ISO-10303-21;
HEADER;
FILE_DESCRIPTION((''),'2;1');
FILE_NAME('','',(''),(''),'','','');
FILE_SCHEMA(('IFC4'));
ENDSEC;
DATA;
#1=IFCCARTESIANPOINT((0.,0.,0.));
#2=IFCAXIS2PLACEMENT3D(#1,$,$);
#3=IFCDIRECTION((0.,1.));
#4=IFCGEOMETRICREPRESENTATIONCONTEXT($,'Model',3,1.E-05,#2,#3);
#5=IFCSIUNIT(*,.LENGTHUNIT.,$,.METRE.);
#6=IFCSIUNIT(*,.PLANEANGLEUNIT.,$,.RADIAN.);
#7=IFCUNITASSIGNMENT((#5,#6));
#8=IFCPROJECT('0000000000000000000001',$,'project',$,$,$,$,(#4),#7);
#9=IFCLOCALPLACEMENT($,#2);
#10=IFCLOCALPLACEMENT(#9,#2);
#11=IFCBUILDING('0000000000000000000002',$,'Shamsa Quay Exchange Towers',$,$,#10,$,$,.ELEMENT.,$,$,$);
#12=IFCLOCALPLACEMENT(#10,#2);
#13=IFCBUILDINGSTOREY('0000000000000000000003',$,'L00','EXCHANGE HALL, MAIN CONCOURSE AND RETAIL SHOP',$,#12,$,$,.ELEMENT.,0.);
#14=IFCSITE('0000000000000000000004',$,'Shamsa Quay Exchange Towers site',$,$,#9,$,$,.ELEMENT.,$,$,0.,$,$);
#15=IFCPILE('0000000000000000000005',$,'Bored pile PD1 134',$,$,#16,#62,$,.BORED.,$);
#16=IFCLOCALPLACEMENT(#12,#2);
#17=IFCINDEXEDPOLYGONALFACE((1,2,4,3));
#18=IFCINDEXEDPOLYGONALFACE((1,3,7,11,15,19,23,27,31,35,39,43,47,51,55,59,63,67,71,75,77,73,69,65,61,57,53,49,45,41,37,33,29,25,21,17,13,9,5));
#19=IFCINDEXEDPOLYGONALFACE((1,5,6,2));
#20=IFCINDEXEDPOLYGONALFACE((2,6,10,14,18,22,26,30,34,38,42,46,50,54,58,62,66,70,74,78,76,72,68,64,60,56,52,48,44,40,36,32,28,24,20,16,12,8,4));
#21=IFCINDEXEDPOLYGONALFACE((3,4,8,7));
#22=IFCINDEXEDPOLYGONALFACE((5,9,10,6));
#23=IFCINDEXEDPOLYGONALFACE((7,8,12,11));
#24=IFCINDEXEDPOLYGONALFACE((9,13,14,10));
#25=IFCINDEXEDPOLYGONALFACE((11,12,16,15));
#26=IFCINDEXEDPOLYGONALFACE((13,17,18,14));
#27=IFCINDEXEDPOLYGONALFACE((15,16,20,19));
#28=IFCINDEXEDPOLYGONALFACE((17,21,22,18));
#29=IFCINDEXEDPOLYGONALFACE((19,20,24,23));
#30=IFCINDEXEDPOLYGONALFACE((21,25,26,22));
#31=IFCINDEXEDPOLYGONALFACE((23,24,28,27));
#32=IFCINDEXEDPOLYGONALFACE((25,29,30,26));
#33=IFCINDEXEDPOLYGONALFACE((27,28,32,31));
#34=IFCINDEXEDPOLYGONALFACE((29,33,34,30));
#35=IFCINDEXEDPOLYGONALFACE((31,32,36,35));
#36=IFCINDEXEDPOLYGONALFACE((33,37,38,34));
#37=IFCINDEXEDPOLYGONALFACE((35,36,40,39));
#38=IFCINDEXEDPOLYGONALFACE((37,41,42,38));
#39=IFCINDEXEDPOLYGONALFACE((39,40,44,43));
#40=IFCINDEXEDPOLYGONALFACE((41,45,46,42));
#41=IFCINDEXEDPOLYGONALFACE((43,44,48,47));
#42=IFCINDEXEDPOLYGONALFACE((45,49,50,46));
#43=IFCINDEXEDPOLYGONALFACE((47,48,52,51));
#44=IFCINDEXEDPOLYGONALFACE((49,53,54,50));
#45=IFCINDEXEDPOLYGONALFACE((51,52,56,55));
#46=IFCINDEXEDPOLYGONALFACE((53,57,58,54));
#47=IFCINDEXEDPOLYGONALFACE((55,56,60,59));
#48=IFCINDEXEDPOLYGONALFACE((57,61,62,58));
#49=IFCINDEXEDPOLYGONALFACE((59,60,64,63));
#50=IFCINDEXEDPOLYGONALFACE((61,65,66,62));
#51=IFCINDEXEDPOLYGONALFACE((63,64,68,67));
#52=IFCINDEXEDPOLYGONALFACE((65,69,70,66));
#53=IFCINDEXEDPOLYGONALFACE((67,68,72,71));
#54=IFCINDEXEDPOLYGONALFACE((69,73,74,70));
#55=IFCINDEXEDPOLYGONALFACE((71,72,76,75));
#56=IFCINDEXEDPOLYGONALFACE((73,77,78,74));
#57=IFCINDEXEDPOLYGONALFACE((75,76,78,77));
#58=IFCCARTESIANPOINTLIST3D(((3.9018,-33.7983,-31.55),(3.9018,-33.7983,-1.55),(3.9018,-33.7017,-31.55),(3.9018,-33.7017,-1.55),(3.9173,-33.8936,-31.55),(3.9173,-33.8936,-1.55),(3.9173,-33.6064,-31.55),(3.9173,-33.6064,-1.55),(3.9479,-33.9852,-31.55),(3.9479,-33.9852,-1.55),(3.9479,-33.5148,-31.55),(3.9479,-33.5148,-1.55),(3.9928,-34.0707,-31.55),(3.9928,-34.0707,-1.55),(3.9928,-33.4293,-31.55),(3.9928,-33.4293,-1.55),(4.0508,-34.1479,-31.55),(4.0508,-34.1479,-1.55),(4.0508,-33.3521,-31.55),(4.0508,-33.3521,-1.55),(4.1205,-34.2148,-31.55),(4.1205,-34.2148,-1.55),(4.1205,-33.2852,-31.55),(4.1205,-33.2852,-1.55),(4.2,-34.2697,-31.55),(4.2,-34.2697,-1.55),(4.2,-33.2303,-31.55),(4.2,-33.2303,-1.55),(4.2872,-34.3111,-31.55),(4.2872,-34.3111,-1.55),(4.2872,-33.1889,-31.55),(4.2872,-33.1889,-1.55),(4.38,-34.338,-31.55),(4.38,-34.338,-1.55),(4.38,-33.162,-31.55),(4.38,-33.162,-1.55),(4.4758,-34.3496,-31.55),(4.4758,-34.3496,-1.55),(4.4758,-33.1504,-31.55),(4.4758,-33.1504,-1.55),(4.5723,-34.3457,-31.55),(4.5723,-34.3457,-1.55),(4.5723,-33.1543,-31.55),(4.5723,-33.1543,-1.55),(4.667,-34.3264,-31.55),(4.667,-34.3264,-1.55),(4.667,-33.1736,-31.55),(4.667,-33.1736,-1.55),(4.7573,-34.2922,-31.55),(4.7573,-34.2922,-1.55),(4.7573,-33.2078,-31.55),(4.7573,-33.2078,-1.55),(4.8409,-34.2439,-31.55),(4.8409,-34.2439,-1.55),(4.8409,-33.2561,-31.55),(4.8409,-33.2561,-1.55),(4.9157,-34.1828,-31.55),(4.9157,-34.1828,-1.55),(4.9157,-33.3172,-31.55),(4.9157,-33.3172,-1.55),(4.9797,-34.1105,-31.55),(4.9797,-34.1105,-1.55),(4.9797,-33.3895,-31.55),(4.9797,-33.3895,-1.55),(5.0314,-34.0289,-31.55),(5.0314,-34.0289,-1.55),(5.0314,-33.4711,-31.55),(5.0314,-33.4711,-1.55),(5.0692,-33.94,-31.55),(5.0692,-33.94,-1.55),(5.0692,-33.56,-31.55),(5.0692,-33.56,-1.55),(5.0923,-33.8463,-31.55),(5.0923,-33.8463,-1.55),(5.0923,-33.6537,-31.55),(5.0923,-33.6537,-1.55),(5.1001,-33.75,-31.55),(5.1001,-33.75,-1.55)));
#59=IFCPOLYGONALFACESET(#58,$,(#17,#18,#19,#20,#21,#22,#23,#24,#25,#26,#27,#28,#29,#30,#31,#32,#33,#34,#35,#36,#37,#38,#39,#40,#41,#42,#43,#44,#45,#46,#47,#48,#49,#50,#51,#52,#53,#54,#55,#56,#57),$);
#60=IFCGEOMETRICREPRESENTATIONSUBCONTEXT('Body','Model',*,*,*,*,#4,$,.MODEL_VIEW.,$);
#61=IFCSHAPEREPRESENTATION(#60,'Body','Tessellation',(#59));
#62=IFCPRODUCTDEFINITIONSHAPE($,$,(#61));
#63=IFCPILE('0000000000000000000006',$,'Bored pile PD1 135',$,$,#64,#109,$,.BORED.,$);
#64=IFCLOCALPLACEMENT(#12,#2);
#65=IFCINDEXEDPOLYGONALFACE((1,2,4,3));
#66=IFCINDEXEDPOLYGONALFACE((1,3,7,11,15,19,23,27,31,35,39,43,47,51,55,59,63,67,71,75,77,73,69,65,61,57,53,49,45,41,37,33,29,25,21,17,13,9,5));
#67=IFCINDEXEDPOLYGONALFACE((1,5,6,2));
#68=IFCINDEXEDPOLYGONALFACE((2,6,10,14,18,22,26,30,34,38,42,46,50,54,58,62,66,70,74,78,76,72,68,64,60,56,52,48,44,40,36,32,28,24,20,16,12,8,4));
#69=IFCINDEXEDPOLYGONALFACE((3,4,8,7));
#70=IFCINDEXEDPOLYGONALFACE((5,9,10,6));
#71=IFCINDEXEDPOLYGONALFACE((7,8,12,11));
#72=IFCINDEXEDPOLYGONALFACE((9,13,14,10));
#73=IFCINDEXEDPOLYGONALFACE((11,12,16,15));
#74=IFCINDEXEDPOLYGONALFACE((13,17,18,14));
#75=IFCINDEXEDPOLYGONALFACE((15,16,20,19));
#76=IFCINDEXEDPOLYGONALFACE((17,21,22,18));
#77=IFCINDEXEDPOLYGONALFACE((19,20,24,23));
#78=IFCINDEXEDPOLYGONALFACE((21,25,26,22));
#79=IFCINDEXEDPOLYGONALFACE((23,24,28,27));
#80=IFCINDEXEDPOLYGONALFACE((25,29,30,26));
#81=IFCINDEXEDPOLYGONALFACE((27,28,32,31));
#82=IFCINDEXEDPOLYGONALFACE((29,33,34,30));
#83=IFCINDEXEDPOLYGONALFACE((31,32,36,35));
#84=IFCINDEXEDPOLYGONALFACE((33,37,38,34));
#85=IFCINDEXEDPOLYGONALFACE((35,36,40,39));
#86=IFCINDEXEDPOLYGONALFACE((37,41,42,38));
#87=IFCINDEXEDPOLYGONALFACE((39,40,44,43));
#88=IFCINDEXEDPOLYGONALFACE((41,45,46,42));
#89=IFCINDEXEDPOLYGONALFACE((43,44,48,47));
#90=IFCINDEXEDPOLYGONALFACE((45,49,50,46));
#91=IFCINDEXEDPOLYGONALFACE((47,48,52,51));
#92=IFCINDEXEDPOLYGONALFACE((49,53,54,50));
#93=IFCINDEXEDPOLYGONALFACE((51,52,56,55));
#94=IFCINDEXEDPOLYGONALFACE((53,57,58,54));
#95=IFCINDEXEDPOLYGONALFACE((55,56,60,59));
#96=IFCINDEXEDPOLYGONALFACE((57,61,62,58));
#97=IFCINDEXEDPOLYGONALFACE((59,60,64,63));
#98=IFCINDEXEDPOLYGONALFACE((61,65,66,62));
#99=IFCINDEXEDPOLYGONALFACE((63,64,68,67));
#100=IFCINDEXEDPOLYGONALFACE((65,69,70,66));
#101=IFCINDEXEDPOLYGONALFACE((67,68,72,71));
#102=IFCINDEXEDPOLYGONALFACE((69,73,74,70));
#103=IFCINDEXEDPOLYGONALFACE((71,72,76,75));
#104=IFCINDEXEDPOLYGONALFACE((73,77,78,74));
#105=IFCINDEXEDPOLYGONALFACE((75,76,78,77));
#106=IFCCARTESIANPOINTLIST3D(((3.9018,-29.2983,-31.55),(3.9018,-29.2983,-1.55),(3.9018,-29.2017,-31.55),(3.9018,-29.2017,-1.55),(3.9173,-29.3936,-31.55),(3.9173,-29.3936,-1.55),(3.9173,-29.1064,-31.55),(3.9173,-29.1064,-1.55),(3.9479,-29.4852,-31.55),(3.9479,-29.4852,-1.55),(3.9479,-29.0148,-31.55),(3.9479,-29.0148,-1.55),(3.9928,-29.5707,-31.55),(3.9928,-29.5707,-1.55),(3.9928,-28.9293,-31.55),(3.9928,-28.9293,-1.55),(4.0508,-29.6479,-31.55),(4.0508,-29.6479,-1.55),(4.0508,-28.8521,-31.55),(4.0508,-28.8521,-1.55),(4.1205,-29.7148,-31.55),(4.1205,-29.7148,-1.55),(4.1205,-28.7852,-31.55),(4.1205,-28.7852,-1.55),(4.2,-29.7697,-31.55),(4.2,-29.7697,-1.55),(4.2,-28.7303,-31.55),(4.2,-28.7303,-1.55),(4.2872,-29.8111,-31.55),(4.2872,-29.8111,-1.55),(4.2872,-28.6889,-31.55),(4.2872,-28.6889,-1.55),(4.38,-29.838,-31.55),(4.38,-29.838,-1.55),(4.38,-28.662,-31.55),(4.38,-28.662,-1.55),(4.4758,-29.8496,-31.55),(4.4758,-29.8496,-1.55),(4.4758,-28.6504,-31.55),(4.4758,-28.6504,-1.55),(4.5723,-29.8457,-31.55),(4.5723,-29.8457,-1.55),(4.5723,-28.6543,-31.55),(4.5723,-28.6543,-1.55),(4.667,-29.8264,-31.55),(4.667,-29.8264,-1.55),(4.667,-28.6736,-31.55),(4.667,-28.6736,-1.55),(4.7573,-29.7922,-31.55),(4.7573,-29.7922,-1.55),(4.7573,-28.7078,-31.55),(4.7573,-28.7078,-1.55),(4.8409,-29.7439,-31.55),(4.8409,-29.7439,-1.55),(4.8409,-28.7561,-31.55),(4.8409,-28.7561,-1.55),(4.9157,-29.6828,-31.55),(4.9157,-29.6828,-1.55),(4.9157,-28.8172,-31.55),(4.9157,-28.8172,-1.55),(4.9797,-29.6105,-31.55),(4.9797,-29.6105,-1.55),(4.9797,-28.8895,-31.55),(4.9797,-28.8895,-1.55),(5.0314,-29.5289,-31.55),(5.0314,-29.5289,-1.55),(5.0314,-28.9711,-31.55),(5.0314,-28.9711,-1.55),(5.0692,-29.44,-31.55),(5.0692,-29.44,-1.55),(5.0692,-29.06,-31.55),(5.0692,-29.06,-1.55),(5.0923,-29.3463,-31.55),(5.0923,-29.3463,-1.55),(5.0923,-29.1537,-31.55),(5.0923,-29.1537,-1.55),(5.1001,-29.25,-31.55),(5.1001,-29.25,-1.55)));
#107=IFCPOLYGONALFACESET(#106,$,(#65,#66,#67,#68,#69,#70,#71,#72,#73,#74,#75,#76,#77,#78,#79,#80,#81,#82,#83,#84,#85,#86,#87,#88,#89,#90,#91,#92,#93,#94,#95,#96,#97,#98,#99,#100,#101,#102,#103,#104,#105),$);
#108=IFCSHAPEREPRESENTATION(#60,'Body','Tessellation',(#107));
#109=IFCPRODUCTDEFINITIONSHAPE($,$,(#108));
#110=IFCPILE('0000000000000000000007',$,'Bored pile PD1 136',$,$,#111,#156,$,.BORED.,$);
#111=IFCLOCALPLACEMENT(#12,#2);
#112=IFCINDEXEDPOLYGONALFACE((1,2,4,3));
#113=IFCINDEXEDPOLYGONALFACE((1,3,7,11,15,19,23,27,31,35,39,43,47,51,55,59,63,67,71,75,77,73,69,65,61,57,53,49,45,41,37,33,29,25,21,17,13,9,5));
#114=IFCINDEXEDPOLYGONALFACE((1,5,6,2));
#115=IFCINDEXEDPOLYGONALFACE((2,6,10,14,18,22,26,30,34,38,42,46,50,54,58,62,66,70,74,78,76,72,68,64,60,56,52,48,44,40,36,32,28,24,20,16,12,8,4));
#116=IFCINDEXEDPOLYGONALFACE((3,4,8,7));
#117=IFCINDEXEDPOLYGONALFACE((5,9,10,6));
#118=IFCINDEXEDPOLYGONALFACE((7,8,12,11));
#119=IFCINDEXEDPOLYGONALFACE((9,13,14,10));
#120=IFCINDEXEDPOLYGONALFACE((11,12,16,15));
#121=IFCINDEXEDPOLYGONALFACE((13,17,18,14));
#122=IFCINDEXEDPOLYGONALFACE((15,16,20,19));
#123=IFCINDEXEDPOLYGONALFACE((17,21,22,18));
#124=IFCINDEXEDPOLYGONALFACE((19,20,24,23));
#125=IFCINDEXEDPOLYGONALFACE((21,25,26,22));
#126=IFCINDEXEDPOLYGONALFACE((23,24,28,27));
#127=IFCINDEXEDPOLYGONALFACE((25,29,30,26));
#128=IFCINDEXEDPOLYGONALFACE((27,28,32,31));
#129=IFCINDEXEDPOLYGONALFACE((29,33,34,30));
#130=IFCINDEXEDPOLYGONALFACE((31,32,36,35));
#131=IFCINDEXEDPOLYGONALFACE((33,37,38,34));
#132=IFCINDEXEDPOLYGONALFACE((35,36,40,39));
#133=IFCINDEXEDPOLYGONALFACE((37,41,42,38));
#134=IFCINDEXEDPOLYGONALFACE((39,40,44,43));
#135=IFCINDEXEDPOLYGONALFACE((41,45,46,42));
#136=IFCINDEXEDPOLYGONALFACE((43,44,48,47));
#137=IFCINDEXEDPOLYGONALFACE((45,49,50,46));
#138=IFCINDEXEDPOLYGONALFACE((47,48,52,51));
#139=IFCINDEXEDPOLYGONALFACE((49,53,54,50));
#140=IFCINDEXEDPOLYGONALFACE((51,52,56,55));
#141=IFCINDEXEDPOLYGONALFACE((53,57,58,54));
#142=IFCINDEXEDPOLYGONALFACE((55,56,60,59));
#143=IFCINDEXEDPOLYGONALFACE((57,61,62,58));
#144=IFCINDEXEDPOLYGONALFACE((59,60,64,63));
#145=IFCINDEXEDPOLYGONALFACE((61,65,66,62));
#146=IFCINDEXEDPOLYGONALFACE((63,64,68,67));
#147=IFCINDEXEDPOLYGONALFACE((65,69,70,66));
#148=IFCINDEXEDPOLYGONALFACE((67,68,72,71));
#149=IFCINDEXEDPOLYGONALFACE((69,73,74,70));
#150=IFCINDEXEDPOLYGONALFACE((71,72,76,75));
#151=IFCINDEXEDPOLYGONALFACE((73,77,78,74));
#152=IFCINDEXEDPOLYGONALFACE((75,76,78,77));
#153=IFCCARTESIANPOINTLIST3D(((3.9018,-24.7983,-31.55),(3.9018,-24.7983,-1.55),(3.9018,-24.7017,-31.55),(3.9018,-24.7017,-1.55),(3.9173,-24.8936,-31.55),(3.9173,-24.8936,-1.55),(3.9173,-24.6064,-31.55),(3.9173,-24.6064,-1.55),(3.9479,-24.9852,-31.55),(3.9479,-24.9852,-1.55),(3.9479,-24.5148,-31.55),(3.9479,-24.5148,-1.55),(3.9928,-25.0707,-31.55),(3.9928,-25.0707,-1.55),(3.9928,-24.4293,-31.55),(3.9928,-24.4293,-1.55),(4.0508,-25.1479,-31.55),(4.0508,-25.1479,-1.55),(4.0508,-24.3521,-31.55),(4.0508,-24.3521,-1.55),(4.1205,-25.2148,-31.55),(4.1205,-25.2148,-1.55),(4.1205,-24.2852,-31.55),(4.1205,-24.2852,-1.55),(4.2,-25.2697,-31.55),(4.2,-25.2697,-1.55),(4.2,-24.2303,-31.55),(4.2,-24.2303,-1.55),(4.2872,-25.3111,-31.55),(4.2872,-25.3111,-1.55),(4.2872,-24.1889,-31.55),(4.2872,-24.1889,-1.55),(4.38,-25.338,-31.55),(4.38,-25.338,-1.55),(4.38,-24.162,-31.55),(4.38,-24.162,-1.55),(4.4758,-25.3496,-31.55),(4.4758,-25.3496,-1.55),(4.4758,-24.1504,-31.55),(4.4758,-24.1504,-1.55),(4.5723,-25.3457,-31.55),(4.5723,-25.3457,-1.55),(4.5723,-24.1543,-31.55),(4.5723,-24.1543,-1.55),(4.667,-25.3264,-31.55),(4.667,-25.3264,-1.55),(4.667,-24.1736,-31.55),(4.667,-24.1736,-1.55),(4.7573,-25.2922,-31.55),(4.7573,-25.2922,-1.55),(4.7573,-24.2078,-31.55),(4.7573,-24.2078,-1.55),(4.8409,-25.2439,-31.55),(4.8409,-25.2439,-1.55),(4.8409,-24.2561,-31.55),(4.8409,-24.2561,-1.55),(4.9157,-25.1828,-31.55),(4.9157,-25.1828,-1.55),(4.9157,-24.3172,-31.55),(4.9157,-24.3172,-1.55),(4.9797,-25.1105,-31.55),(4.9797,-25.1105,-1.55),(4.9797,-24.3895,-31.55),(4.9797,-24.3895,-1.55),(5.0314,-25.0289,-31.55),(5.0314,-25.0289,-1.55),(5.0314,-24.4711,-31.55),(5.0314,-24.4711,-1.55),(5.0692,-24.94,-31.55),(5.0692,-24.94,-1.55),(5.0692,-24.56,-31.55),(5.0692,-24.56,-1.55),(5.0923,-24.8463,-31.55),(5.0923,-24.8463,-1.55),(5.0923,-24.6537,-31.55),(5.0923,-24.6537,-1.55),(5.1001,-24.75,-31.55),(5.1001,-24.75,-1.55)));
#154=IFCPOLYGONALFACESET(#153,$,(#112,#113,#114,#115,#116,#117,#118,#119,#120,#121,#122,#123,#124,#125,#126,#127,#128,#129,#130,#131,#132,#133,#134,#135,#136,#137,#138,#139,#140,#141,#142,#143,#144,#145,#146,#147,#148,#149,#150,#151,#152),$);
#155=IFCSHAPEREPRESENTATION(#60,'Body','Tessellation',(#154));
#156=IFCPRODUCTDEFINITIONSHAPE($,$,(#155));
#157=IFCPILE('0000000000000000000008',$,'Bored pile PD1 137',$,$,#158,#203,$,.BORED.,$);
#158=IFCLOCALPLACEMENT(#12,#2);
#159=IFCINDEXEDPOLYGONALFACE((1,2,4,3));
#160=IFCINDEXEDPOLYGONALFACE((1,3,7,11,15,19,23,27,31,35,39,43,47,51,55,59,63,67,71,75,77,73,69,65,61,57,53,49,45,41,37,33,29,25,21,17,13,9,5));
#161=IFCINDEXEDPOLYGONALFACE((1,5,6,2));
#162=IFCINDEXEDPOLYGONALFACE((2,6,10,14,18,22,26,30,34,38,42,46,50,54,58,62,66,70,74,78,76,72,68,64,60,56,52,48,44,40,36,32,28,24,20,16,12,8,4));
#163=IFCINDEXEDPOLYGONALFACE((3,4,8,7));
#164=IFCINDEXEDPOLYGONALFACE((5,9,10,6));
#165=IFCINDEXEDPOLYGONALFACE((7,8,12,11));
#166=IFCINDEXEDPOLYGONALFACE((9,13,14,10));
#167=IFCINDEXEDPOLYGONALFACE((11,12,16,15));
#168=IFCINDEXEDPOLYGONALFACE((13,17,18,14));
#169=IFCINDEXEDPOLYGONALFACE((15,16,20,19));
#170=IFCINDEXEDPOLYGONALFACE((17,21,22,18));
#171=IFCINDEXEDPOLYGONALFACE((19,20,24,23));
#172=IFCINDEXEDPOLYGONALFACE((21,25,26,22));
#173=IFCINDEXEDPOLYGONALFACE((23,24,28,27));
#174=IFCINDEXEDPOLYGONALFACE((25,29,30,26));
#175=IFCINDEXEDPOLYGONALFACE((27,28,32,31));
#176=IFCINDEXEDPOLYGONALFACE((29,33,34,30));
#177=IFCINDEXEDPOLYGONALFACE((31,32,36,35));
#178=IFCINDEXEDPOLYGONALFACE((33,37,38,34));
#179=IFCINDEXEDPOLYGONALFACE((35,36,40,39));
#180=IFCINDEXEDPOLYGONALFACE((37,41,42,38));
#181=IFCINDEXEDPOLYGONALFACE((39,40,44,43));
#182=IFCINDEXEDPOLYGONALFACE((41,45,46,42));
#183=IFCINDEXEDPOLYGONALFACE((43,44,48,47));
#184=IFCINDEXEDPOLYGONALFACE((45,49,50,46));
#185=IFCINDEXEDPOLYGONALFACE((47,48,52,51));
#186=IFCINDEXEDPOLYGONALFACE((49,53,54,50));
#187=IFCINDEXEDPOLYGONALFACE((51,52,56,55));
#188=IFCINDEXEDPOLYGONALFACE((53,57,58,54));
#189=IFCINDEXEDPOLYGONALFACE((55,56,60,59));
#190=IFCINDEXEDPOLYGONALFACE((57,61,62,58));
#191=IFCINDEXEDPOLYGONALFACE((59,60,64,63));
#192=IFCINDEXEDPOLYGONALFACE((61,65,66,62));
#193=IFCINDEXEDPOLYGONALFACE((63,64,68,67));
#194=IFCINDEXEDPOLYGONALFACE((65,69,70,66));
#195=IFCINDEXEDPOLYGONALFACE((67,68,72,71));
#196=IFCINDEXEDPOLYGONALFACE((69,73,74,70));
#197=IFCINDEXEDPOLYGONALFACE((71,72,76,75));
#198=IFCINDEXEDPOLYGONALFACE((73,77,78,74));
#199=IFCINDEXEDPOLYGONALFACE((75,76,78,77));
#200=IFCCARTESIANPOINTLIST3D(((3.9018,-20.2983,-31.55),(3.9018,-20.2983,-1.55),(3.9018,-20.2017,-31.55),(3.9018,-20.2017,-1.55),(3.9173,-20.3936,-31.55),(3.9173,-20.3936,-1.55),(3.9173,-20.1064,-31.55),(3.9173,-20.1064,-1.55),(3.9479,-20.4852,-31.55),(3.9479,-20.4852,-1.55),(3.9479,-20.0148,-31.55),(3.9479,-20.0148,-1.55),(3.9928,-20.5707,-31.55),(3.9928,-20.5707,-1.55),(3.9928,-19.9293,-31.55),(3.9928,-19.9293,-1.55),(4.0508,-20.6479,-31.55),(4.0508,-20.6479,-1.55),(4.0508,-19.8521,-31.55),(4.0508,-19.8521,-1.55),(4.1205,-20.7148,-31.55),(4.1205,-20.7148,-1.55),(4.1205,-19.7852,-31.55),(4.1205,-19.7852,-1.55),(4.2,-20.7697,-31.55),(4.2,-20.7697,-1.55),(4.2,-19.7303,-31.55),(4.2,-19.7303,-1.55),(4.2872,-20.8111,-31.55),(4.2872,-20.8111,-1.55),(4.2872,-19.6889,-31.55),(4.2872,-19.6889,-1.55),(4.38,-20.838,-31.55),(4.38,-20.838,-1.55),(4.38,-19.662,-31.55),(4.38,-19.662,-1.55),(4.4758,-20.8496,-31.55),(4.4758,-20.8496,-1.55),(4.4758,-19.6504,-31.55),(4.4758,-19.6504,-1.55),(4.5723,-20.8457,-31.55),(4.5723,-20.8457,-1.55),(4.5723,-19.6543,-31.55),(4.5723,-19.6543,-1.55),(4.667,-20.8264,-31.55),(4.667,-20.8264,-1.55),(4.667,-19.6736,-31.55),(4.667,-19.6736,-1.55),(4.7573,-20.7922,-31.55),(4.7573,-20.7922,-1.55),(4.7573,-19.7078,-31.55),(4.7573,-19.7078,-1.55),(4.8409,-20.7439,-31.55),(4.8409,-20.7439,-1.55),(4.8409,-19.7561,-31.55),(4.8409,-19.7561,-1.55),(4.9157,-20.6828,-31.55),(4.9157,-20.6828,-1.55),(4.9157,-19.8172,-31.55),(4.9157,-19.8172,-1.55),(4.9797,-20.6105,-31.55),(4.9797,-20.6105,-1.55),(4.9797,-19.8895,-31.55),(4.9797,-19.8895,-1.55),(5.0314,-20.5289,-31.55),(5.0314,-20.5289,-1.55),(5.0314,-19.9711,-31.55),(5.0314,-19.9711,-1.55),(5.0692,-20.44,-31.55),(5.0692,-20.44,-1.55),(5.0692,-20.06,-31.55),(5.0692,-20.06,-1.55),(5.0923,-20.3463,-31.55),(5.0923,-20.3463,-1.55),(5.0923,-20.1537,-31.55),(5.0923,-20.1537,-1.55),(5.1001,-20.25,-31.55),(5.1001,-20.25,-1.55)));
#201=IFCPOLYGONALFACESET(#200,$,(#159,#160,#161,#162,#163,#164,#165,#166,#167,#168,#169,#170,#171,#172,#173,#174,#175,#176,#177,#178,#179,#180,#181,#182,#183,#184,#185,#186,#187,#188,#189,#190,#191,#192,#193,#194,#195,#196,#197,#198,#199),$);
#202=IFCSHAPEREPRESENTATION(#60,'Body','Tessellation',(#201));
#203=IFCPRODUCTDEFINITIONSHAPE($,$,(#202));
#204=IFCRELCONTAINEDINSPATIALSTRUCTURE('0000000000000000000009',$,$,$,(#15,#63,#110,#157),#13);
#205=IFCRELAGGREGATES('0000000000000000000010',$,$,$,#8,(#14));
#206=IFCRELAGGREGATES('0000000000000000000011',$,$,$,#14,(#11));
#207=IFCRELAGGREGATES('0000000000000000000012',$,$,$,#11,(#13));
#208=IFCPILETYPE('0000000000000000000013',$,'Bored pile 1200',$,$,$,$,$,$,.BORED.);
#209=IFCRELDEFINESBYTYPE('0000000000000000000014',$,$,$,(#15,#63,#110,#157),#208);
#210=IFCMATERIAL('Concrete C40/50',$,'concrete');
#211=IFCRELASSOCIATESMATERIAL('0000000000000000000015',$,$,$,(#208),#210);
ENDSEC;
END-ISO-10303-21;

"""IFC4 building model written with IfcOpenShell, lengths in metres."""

from ifc_helpers import new_model, si_unit, direction, frame, origin, origin_2d, place, context, subcontext, project, spatial, circle, extrude, material, material_profile, profile_set, type_object, element, save


model = new_model("IFC4")

# Units and contexts
model_context = context("Model", 3, precision=1e-05, world=origin(), true_north=direction((0.0, 1.0)))
body_context = subcontext(model_context, "Body", "Model", "MODEL_VIEW")
ifc_project = project(units=[si_unit("LENGTHUNIT", "METRE"), si_unit("PLANEANGLEUNIT", "RADIAN")], contexts=[model_context])

# Site, building, storey
site_placement = place(None, origin())
site = spatial("IfcSite", under=ifc_project, at=site_placement, Name="Shamsa Quay Exchange Towers site", CompositionType="ELEMENT", RefElevation=0.0)
building_placement = place(site_placement, origin())
building = spatial("IfcBuilding", under=site, at=building_placement, Name="Shamsa Quay Exchange Towers", CompositionType="ELEMENT")
storey_placement = place(building_placement, origin())
storey = spatial("IfcBuildingStorey", under=building, at=storey_placement, Name="L00", Description="EXCHANGE HALL, MAIN CONCOURSE AND RETAIL SHOP", CompositionType="ELEMENT", Elevation=0.0)

# Piles
ifc_material_1 = material(Name="Concrete C40/50", Category="concrete")
ifc_material_profile_1 = material_profile(ifc_material_1, circle(Radius=0.6001, at=origin_2d()), Name="BP1200")
ifc_profile_set_1 = profile_set([ifc_material_profile_1], Name="Concrete C40/50")
pile_type = type_object("IfcPileType", Name="Bored pile 1200", PredefinedType="BORED", material=ifc_profile_set_1)
for number, where, z_axis, x_axis, name in (
    (1, (4.5, -33.75, -1.55), (0.0, 0.0, -1.0), (1.0, 0.0, 0.0), "Bored pile PD1 134"),
    (2, (4.5, -29.25, -1.55), (0.0, 0.0, -1.0), (1.0, 0.0, 0.0), "Bored pile PD1 135"),
    (3, (4.5, -24.75, -1.55), (0.0, 0.0, -1.0), (1.0, 0.0, 0.0), "Bored pile PD1 136"),
    (4, (4.5, -20.25, -1.55), (0.0, 0.0, -1.0), (1.0, 0.0, 0.0), "Bored pile PD1 137"),
):
    element("IfcPile", number, at=place(storey_placement, frame(where, z_axis=z_axis, x_axis=x_axis)), inside=storey, type_object=pile_type, Name=name, PredefinedType="BORED", context=body_context, shape_type="SweptSolid", body=[
        extrude(circle(Radius=0.6001, at=origin_2d()), origin(), (0.0, 0.0, 1.0), 30.0),
    ])

save(model, "model.ifc")
